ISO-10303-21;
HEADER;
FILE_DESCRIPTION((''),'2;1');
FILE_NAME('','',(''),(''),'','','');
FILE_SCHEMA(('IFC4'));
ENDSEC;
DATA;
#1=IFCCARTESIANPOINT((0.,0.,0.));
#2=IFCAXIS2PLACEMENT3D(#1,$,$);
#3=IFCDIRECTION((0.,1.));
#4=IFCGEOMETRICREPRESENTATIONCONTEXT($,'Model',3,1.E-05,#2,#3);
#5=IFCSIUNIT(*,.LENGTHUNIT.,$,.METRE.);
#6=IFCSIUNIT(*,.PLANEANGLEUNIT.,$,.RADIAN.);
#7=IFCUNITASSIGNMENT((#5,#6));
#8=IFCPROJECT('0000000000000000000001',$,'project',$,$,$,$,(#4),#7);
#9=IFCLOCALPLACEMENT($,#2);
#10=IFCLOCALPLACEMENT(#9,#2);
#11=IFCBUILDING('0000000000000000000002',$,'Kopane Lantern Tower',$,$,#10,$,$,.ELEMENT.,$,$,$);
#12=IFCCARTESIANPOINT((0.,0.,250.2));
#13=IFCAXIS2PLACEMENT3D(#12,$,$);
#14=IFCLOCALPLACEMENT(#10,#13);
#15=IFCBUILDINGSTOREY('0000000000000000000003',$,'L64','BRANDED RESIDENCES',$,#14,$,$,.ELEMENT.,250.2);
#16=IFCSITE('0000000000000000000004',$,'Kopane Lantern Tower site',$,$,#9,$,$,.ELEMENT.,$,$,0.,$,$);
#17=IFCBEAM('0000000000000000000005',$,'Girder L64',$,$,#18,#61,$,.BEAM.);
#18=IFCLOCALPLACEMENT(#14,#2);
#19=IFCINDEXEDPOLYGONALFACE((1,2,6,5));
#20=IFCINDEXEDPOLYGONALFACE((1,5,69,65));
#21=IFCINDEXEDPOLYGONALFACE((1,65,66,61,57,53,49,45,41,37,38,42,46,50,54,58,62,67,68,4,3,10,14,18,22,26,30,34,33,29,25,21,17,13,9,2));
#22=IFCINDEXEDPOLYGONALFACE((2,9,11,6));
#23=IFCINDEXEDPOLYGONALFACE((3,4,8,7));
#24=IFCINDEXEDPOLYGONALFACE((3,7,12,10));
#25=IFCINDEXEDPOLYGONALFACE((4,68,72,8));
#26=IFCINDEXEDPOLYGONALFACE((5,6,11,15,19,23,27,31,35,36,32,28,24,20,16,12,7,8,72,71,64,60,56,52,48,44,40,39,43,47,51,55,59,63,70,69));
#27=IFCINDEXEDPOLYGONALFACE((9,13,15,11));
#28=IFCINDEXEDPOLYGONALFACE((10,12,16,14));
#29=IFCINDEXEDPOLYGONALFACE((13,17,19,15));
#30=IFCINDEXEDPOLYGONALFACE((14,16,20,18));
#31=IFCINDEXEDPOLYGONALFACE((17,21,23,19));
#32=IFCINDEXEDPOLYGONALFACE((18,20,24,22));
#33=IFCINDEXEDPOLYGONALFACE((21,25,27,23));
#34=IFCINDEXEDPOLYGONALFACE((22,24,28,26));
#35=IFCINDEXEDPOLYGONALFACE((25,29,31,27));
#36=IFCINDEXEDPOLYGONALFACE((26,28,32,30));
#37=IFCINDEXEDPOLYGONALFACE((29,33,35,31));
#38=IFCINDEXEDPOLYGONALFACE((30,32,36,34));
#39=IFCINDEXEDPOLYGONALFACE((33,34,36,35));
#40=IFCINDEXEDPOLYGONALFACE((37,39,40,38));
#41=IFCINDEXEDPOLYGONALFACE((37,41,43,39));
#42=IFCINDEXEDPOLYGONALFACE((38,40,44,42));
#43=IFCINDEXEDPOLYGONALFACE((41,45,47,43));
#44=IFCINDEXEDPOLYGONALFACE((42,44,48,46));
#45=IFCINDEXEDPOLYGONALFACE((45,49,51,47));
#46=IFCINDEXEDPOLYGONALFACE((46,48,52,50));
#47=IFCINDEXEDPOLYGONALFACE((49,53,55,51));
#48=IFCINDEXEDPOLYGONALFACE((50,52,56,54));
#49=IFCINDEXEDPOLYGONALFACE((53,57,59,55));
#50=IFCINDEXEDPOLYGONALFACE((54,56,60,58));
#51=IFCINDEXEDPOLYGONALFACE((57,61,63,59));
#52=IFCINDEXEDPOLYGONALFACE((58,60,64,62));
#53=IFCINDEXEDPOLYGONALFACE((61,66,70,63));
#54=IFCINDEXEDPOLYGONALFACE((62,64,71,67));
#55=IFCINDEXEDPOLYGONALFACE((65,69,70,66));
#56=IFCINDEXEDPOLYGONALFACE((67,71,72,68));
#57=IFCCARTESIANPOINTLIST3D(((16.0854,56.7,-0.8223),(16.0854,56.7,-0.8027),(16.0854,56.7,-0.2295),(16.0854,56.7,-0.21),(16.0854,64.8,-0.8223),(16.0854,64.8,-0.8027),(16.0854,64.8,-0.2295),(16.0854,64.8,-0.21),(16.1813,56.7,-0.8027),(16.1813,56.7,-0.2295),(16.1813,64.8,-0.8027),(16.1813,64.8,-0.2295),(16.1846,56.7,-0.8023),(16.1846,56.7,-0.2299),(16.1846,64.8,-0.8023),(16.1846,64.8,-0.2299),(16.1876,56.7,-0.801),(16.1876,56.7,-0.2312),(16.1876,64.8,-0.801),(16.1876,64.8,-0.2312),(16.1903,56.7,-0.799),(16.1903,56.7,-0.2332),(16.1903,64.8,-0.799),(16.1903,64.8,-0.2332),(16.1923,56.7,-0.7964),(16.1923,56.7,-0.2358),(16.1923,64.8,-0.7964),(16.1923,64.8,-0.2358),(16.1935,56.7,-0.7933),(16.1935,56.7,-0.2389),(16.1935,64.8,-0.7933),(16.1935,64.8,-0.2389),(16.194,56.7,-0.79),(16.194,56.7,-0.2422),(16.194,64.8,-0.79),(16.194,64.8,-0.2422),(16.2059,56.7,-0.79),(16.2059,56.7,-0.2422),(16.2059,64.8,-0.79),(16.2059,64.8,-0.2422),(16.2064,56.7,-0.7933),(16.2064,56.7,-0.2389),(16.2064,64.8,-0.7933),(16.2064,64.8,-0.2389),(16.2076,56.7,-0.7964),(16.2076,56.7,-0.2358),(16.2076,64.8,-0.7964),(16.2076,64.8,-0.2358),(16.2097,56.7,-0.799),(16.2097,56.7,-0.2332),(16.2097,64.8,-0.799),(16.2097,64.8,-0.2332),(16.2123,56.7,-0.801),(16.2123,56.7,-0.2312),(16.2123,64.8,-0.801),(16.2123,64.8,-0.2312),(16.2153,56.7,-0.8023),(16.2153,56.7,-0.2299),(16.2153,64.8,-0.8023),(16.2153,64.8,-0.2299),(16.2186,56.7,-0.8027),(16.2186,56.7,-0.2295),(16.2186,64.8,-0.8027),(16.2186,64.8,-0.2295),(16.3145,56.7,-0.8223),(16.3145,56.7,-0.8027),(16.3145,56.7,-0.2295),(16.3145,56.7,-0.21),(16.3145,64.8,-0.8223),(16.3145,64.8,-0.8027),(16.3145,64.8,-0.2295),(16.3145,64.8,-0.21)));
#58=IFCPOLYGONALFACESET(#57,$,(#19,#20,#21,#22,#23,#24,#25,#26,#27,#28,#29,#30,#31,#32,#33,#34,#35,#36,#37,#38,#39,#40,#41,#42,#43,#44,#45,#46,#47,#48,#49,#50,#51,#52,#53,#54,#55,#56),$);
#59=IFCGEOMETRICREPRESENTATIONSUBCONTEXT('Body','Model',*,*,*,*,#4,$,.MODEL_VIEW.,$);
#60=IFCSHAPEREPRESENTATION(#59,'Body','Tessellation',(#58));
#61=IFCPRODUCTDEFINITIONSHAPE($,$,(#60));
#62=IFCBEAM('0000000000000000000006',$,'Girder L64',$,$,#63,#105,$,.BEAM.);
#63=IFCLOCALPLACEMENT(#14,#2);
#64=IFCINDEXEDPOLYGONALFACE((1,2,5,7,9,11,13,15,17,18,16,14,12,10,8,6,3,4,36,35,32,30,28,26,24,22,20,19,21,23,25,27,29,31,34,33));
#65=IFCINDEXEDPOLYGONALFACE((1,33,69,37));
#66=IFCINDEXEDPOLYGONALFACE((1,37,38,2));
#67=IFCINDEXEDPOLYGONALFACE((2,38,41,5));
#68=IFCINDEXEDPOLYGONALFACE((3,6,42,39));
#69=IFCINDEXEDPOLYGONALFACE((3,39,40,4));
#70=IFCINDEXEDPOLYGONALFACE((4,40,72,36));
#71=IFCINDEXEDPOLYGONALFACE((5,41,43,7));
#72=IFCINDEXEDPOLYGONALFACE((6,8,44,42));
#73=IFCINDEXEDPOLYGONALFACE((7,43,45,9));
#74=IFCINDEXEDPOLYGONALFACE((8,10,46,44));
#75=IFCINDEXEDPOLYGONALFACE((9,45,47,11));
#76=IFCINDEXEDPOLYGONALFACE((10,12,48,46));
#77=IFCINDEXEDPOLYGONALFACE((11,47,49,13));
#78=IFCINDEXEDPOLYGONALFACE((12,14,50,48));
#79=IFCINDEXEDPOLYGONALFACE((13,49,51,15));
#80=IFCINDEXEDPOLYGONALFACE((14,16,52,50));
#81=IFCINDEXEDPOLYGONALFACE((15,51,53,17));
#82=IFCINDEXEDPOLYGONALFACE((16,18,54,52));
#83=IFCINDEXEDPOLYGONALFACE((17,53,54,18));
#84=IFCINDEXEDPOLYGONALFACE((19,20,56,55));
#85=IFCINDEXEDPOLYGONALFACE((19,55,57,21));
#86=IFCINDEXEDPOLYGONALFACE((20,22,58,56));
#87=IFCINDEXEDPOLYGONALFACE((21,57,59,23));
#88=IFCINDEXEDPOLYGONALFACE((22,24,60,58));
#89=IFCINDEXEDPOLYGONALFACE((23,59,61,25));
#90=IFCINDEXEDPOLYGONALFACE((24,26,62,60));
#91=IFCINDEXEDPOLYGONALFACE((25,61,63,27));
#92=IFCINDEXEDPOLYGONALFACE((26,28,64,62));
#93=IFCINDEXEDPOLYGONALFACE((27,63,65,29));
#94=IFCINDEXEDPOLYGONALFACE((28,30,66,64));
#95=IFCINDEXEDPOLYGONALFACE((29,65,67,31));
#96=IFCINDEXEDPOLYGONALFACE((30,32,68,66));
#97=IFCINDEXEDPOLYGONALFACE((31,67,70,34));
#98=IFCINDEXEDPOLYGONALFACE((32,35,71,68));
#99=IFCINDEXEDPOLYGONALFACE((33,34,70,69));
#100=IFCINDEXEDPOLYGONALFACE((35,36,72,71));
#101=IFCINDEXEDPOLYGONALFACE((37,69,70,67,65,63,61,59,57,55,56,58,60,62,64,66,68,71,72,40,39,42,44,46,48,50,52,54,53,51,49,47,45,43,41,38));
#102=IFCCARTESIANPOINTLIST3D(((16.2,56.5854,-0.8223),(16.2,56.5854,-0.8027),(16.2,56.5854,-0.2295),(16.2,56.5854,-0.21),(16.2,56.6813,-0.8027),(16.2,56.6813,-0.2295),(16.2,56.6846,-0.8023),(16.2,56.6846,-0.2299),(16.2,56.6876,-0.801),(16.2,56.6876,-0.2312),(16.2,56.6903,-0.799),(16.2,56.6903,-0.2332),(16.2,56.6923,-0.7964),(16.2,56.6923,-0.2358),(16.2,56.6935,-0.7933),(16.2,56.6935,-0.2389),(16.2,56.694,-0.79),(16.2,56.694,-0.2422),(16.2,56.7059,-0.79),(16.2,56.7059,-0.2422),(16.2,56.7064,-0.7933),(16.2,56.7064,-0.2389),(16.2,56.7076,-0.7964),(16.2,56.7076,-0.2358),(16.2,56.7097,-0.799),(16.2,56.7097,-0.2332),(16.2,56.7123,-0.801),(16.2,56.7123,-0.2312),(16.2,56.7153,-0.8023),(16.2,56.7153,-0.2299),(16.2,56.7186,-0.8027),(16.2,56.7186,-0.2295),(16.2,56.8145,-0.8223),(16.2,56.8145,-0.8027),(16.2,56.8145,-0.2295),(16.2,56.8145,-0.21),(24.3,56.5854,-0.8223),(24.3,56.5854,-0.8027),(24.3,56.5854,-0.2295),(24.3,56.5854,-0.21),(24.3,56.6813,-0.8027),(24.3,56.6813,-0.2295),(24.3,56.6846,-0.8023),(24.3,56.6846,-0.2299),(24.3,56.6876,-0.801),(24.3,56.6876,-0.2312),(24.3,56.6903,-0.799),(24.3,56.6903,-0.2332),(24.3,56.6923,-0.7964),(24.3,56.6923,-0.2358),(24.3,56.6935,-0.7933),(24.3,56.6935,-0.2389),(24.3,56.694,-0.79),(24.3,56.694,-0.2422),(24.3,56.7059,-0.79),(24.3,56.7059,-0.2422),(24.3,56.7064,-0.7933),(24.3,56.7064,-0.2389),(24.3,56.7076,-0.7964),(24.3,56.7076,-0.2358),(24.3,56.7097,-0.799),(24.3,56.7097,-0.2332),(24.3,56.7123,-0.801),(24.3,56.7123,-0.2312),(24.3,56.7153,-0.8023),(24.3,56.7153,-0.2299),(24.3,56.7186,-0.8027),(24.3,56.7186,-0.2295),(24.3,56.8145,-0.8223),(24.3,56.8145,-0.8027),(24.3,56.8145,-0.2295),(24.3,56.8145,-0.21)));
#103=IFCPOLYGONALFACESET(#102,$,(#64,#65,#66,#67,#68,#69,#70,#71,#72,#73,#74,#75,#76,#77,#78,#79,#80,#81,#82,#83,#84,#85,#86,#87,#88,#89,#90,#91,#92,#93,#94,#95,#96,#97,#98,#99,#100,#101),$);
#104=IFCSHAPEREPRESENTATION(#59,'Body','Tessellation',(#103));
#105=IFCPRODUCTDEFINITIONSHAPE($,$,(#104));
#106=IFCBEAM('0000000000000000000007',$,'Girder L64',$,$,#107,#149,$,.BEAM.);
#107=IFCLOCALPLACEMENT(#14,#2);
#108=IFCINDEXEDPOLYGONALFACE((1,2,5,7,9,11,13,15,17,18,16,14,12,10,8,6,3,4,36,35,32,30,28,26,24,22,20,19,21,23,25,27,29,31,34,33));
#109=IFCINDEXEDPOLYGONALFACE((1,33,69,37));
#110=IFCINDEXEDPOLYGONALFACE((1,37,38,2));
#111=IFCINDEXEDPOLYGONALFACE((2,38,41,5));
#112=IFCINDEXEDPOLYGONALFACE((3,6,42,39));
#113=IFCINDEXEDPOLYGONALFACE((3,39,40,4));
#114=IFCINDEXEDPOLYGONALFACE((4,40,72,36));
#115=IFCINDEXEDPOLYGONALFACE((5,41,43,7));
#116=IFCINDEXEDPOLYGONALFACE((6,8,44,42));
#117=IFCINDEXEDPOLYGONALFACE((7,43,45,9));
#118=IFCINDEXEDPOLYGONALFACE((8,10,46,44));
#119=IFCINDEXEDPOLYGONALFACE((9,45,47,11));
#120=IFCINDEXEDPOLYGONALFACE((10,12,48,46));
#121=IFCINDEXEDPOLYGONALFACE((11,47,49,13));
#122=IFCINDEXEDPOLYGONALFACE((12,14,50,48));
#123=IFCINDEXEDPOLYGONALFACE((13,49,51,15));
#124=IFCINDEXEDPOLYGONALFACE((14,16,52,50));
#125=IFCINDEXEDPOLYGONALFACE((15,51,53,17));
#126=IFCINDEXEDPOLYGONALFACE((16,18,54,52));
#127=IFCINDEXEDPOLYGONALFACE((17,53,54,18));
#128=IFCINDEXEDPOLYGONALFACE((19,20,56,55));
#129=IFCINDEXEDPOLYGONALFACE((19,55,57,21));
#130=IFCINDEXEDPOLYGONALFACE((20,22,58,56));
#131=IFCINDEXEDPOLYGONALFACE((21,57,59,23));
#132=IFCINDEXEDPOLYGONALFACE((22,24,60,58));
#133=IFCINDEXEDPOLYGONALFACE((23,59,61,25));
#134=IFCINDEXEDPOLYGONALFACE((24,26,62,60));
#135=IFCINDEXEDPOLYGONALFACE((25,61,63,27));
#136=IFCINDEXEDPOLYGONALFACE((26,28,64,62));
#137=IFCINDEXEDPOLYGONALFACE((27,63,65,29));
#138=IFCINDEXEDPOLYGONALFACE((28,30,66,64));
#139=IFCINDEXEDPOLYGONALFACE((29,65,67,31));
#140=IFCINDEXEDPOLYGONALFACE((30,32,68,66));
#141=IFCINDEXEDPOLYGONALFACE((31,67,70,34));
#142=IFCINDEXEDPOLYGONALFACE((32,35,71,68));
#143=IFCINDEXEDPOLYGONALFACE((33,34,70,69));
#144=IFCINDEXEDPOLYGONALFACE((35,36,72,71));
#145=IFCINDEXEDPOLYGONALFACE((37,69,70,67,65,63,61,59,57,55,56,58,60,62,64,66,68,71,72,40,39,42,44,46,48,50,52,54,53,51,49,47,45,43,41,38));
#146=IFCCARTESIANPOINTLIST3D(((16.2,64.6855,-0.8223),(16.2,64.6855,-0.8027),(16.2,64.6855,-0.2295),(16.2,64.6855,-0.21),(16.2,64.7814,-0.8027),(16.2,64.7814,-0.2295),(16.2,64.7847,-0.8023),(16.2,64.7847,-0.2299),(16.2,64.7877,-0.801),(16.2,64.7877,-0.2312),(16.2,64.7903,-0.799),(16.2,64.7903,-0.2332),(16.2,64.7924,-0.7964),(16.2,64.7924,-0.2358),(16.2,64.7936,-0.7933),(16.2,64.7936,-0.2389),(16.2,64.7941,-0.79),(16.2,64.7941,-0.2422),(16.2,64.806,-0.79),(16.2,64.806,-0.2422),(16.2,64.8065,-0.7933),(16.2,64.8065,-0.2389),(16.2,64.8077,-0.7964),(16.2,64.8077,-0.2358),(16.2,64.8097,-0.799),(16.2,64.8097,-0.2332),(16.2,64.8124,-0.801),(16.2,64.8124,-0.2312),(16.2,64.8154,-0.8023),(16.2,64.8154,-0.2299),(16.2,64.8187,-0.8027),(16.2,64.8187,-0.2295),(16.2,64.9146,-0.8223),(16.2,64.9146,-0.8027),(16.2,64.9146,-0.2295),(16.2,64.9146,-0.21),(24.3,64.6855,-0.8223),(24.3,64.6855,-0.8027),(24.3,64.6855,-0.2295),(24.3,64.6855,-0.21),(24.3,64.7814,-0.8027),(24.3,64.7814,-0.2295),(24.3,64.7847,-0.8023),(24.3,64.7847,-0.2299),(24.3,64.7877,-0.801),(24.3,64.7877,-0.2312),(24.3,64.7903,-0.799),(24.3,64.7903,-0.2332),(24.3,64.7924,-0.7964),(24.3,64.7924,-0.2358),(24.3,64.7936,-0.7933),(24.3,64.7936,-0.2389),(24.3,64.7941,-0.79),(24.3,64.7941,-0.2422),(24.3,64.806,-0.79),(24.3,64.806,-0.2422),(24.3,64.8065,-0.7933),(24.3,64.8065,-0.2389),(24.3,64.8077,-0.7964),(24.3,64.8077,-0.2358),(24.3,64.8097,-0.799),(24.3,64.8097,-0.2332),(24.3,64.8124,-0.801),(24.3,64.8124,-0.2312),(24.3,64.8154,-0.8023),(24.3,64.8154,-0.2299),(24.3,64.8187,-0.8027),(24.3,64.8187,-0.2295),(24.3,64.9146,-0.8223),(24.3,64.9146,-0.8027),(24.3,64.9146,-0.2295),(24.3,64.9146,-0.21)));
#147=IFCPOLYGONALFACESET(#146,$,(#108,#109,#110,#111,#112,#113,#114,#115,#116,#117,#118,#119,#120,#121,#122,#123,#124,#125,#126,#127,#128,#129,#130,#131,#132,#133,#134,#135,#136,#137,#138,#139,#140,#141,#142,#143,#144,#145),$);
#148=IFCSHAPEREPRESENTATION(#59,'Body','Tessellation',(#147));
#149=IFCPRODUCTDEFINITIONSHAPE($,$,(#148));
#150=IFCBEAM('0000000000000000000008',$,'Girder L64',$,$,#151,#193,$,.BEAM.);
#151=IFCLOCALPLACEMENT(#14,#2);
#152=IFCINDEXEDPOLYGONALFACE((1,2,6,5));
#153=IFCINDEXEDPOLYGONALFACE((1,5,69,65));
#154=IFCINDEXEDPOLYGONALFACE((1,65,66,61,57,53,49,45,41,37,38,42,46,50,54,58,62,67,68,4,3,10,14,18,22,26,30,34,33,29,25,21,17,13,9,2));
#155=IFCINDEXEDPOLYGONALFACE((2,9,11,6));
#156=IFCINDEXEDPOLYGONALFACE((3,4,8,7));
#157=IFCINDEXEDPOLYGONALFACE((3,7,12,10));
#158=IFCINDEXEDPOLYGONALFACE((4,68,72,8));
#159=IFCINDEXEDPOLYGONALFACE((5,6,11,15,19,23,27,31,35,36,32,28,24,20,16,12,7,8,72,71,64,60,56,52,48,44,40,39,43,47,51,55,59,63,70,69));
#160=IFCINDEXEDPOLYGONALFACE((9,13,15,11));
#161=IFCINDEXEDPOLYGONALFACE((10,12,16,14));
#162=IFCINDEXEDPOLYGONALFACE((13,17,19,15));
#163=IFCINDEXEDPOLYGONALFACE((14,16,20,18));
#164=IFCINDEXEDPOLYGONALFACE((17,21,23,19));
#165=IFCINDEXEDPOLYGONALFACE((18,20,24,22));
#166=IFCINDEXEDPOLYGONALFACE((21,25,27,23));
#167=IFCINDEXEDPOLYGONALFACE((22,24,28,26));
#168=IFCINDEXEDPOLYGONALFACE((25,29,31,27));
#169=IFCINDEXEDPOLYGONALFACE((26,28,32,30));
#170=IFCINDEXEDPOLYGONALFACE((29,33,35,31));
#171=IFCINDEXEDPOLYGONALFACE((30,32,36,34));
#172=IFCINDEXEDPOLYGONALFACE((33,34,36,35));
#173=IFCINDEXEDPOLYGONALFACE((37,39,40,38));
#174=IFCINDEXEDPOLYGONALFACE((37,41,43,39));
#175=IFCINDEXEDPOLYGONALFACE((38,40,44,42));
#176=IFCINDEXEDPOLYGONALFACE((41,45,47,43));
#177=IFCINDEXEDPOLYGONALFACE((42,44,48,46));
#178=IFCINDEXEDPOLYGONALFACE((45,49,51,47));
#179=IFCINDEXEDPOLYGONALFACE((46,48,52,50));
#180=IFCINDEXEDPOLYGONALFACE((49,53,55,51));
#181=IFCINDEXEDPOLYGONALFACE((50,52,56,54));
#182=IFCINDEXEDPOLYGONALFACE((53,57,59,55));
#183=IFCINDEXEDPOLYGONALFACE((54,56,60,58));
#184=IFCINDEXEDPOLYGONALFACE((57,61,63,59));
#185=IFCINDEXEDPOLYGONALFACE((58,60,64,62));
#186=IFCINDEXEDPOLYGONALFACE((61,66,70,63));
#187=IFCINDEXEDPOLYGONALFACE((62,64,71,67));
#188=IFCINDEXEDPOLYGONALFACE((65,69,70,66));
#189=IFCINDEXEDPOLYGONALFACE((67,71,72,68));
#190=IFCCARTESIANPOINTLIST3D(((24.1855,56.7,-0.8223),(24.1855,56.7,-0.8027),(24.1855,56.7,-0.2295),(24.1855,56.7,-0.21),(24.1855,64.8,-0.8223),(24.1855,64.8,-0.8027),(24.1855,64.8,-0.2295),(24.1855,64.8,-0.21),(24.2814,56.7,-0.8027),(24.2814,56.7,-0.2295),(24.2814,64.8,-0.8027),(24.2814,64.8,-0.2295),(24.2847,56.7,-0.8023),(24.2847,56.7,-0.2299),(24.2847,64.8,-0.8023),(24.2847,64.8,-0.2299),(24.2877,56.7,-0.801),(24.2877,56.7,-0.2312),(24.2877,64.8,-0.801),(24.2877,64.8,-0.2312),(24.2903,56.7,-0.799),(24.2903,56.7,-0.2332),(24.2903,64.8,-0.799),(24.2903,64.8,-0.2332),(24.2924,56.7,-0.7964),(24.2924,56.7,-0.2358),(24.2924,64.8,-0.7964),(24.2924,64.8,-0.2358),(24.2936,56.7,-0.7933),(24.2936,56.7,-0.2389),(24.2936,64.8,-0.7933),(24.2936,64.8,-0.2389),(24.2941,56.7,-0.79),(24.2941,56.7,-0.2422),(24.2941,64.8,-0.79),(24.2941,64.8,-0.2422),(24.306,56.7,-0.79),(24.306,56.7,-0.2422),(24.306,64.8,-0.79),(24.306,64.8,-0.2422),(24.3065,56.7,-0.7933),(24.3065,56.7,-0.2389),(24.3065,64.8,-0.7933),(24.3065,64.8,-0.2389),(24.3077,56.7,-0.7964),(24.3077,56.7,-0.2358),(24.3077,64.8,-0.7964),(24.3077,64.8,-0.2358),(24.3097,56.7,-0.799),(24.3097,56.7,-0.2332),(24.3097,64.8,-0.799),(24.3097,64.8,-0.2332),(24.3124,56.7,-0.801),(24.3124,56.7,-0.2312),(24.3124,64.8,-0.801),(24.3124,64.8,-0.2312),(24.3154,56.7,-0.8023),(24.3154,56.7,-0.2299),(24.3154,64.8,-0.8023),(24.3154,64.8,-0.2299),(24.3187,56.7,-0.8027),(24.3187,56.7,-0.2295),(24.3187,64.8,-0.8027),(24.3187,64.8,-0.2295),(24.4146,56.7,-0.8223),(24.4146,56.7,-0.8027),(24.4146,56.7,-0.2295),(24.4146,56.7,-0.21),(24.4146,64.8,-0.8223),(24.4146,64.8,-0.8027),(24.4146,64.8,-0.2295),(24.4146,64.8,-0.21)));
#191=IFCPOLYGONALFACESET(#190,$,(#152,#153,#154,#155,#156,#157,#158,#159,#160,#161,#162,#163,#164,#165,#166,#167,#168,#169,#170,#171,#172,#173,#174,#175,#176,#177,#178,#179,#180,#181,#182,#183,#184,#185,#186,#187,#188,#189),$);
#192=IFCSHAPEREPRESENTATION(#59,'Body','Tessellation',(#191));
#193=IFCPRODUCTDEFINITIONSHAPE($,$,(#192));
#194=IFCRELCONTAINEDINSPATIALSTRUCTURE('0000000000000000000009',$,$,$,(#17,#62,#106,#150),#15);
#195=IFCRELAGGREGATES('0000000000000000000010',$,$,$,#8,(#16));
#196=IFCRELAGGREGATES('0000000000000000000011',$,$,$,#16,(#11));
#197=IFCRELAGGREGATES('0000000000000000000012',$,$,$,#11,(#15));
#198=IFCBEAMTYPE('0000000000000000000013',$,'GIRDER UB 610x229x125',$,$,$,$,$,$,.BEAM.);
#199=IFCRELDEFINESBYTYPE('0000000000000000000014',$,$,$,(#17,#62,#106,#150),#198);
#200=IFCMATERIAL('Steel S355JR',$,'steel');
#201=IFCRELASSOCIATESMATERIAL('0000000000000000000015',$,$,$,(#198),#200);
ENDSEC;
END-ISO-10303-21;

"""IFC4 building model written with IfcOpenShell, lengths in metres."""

from ifc_helpers import new_model, si_unit, direction, frame, origin, origin_2d, place, context, subcontext, project, spatial, i_section, extrude, material, material_profile, profile_set, type_object, element, save


model = new_model("IFC4")

# Units and contexts
model_context = context("Model", 3, precision=1e-05, world=origin(), true_north=direction((0.0, 1.0)))
body_context = subcontext(model_context, "Body", "Model", "MODEL_VIEW")
ifc_project = project(units=[si_unit("LENGTHUNIT", "METRE"), si_unit("PLANEANGLEUNIT", "RADIAN")], contexts=[model_context])

# Site, building, storey
site_placement = place(None, origin())
site = spatial("IfcSite", under=ifc_project, at=site_placement, Name="Kopane Lantern Tower site", CompositionType="ELEMENT", RefElevation=0.0)
building_placement = place(site_placement, origin())
building = spatial("IfcBuilding", under=site, at=building_placement, Name="Kopane Lantern Tower", CompositionType="ELEMENT")
storey_placement = place(building_placement, frame((0.0, 0.0, 250.2)))
storey = spatial("IfcBuildingStorey", under=building, at=storey_placement, Name="L64", Description="BRANDED RESIDENCES", CompositionType="ELEMENT", Elevation=250.2)

# Beams
ifc_material_1 = material(Name="Steel S355JR", Category="steel")
ifc_material_profile_1 = material_profile(ifc_material_1, i_section(OverallWidth=0.229, OverallDepth=0.6123, WebThickness=0.012, FlangeThickness=0.0195, FilletRadius=0.0127, at=origin_2d()), Name="UB 610x229x125")
ifc_profile_set_1 = profile_set([ifc_material_profile_1], Name="Steel S355JR")
beam_type = type_object("IfcBeamType", Name="GIRDER UB 610x229x125", PredefinedType="BEAM", material=ifc_profile_set_1)
for number, where, z_axis, x_axis, name in (
    (1, (16.2, 56.7, -0.5161), (0.0, 1.0, 0.0), (-1.0, 0.0, 0.0), "Girder L64"),
    (2, (16.2, 56.7, -0.5161), (1.0, 0.0, 0.0), (0.0, 1.0, 0.0), "Girder L64"),
    (3, (16.2, 64.8, -0.5161), (1.0, 0.0, 0.0), (0.0, 1.0, 0.0), "Girder L64"),
    (4, (24.3, 56.7, -0.5161), (0.0, 1.0, 0.0), (-1.0, 0.0, 0.0), "Girder L64"),
):
    element("IfcBeam", number, at=place(storey_placement, frame(where, z_axis=z_axis, x_axis=x_axis)), inside=storey, type_object=beam_type, Name=name, PredefinedType="BEAM", context=body_context, shape_type="SweptSolid", body=[
        extrude(i_section(OverallWidth=0.229, OverallDepth=0.6123, WebThickness=0.012, FlangeThickness=0.0195, FilletRadius=0.0127, at=origin_2d()), origin(), (0.0, 0.0, 1.0), 8.1001),
    ])

save(model, "model.ifc")
